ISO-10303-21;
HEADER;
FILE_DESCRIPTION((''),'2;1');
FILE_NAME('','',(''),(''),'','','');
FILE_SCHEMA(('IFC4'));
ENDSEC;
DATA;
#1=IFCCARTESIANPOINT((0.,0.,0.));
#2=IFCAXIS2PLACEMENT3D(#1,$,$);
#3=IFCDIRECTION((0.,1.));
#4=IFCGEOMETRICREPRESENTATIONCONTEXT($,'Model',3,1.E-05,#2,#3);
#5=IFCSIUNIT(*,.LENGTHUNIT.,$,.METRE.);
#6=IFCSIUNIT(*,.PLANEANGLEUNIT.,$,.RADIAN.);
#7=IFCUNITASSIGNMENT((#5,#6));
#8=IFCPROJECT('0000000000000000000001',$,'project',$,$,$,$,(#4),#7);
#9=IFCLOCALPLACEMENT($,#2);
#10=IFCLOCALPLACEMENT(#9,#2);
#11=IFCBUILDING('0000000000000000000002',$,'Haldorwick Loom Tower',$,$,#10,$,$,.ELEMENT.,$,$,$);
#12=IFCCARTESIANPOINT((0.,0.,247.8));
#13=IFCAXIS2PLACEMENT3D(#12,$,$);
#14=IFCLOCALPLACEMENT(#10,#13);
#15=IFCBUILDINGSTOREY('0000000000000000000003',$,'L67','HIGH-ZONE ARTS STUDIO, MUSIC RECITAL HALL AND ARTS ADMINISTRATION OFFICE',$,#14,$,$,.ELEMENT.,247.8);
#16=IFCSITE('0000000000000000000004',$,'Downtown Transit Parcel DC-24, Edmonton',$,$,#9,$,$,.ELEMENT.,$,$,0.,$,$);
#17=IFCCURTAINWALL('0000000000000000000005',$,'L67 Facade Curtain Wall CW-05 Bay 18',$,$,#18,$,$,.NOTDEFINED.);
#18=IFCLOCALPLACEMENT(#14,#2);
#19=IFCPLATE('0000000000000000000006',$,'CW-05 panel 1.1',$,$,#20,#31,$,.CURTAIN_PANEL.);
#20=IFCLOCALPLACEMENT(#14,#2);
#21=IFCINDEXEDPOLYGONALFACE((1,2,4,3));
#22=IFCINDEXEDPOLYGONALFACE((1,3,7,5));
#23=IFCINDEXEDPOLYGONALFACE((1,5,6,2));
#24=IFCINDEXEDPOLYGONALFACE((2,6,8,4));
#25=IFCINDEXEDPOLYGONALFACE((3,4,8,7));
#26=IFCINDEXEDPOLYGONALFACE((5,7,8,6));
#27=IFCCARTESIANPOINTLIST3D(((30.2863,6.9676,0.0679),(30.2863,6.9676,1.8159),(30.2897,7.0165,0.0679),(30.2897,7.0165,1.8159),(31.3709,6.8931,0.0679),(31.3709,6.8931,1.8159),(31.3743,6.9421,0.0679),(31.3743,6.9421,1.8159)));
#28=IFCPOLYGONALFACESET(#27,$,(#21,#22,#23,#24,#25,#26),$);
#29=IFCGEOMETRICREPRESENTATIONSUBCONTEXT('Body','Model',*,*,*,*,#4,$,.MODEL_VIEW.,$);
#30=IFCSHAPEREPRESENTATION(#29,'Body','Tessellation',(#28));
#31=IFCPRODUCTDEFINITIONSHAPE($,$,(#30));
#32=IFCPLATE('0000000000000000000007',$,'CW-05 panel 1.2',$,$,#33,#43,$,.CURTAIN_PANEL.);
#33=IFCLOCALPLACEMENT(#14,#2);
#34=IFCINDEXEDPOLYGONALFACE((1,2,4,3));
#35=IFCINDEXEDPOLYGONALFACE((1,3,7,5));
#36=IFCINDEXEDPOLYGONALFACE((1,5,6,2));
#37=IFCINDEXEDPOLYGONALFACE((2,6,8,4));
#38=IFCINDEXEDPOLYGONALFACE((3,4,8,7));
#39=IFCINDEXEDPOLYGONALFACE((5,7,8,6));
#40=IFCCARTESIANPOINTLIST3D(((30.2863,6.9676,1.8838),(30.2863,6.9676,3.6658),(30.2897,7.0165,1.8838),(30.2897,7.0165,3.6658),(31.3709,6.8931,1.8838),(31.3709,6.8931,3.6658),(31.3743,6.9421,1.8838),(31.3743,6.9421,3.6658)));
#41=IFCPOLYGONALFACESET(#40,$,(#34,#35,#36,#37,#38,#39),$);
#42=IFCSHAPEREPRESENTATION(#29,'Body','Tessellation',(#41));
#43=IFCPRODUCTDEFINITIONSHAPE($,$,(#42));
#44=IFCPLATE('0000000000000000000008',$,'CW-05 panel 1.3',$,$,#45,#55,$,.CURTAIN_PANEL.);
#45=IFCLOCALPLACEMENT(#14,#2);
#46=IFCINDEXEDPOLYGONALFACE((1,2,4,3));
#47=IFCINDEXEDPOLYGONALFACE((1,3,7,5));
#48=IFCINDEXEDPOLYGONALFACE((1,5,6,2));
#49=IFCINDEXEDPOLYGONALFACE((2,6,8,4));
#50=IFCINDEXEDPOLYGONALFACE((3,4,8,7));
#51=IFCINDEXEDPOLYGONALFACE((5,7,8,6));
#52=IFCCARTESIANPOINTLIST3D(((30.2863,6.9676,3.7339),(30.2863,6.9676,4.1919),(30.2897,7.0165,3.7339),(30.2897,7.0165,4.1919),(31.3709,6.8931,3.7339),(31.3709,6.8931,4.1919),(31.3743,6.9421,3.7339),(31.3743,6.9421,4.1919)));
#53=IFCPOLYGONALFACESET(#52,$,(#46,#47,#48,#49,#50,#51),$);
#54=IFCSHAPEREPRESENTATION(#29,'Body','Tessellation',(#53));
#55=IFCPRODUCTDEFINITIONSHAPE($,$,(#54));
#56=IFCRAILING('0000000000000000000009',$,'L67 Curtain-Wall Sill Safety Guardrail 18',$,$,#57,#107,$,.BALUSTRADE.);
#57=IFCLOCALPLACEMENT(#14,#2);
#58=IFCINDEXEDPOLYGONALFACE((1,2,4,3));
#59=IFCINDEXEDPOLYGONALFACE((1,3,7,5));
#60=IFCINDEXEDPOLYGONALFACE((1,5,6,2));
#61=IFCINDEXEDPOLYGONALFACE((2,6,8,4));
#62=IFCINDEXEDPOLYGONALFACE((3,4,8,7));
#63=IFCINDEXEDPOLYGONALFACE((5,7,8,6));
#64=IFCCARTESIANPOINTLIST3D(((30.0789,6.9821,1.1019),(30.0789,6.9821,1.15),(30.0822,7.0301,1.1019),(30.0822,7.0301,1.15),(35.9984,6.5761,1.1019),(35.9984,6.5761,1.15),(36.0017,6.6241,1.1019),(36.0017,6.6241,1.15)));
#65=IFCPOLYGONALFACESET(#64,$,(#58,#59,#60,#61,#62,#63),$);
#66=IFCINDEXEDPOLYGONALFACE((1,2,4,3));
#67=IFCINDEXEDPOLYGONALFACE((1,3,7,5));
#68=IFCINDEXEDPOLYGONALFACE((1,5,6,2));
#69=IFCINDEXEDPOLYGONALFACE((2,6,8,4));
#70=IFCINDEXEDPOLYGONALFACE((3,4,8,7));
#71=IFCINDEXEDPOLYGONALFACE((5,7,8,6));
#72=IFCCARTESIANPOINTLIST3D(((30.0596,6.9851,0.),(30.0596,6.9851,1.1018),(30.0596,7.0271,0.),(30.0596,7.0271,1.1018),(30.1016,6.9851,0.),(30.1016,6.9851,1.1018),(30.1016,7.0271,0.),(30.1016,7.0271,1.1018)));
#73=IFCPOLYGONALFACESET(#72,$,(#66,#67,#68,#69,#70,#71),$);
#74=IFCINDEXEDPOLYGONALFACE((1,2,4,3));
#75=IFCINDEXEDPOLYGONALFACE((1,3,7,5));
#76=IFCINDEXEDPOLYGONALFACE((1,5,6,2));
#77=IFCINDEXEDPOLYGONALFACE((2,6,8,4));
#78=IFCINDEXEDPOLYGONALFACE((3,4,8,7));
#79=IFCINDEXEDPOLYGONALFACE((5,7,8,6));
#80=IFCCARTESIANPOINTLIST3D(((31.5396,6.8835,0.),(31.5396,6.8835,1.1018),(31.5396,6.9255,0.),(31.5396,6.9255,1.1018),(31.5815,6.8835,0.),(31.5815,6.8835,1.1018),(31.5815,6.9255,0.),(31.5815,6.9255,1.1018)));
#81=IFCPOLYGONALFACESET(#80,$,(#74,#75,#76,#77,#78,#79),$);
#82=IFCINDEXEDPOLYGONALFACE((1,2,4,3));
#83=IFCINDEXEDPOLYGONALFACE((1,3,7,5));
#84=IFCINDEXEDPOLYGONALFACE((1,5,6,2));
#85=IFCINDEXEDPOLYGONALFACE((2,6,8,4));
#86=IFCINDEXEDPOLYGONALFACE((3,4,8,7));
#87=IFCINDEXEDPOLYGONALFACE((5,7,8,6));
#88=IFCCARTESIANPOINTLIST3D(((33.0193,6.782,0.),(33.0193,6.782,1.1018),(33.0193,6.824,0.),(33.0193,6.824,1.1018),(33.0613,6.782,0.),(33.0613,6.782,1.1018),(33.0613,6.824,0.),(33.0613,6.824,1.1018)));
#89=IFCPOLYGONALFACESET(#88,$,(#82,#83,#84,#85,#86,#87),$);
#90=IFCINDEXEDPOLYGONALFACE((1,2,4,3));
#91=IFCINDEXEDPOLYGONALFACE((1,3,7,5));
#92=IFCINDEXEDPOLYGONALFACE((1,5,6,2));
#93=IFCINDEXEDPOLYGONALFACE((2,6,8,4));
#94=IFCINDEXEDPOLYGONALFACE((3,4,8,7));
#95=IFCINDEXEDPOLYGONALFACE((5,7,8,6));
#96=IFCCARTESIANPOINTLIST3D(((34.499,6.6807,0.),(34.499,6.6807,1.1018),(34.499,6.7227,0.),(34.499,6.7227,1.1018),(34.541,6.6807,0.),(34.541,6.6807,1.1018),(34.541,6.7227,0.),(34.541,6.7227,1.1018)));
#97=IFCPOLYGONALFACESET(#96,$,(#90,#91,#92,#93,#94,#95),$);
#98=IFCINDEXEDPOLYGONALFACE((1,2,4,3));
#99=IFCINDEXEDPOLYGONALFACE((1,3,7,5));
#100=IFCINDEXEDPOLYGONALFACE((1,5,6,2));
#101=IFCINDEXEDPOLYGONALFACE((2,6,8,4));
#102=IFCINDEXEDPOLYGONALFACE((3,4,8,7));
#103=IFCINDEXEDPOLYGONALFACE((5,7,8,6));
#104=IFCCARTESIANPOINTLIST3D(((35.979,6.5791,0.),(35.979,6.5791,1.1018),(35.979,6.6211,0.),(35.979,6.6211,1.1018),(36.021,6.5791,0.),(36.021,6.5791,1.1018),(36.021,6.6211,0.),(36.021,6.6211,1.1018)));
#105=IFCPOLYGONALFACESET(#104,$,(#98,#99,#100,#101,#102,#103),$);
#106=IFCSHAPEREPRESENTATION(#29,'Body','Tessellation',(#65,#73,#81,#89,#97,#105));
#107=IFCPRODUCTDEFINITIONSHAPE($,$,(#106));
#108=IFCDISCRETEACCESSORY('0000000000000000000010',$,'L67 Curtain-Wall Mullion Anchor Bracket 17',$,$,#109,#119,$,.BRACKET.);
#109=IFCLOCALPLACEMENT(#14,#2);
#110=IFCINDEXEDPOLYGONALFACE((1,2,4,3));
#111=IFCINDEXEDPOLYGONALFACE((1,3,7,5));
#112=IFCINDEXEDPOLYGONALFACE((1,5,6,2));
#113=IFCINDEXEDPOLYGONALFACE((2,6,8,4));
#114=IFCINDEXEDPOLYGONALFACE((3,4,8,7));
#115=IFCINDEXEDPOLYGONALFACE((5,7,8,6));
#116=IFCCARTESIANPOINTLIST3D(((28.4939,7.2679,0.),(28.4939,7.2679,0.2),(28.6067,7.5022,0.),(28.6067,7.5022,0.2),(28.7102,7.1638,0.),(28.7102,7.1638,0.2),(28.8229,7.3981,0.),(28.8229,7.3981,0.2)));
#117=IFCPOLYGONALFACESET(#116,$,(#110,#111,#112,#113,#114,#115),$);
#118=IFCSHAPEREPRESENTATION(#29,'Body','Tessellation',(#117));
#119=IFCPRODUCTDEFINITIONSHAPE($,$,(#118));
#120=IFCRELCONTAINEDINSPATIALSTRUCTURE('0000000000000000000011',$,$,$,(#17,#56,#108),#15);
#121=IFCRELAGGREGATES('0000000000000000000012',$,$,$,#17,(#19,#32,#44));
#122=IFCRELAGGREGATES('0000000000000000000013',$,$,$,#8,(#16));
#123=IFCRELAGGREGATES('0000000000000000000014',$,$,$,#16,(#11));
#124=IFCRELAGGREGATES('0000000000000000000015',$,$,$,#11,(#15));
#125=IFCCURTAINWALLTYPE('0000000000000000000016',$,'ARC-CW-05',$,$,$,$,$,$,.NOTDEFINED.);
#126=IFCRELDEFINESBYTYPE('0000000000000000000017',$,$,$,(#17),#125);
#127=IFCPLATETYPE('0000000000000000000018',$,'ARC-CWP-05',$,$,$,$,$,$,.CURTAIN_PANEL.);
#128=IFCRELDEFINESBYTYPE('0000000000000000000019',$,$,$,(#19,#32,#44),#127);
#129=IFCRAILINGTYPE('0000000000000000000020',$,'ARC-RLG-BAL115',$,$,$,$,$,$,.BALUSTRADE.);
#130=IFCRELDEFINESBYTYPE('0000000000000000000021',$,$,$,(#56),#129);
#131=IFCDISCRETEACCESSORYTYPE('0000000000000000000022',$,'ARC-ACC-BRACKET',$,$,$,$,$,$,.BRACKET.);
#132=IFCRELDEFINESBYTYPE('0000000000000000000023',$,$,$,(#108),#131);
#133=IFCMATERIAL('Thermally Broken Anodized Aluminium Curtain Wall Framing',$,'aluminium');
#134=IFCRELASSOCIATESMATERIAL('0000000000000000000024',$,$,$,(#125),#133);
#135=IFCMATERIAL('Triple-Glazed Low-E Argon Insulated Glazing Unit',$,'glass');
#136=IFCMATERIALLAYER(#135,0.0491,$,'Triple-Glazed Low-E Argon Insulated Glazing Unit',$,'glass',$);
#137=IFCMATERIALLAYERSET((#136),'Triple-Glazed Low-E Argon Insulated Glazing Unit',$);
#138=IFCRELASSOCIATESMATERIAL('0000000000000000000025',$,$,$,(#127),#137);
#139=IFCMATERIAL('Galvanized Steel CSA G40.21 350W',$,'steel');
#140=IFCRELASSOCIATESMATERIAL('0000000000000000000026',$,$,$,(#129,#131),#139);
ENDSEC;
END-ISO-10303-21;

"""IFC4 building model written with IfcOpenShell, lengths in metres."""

from ifc_helpers import new_model, si_unit, direction, frame, origin, origin_2d, place, context, subcontext, project, spatial, rectangle, extrude, material, layer, layer_set, type_object, element, aggregate, save


model = new_model("IFC4")

# Units and contexts
model_context = context("Model", 3, precision=1e-05, world=origin(), true_north=direction((0.0, 1.0)))
body_context = subcontext(model_context, "Body", "Model", "MODEL_VIEW")
ifc_project = project(units=[si_unit("LENGTHUNIT", "METRE"), si_unit("PLANEANGLEUNIT", "RADIAN")], contexts=[model_context])

# Site, building, storey
site_placement = place(None, origin())
site = spatial("IfcSite", under=ifc_project, at=site_placement, Name="Downtown Transit Parcel DC-24, Edmonton", CompositionType="ELEMENT", RefElevation=0.0)
building_placement = place(site_placement, origin())
building = spatial("IfcBuilding", under=site, at=building_placement, Name="Haldorwick Loom Tower", CompositionType="ELEMENT")
storey_placement = place(building_placement, frame((0.0, 0.0, 247.8)))
storey = spatial("IfcBuildingStorey", under=building, at=storey_placement, Name="L67", Description="HIGH-ZONE ARTS STUDIO, MUSIC RECITAL HALL AND ARTS ADMINISTRATION OFFICE", CompositionType="ELEMENT", Elevation=247.8)

# Shared definitions
ifc_material_1 = material(Name="Thermally Broken Anodized Aluminium Curtain Wall Framing", Category="aluminium")
curtain_wall_type = type_object("IfcCurtainWallType", Name="ARC-CW-05", PredefinedType="NOTDEFINED", material=ifc_material_1)

# Curtain wall
curtain_wall_1_placement = place(storey_placement, origin())
curtain_wall_1 = element("IfcCurtainWall", 1, at=curtain_wall_1_placement, inside=storey, type_object=curtain_wall_type, Name="L67 Facade Curtain Wall CW-05 Bay 18", PredefinedType="NOTDEFINED")

# Plates
ifc_material_2 = material(Name="Triple-Glazed Low-E Argon Insulated Glazing Unit", Category="glass")
ifc_layer = layer(ifc_material_2, 0.0491, Name="Triple-Glazed Low-E Argon Insulated Glazing Unit", Category="glass")
ifc_layer_set = layer_set([ifc_layer], Name="Triple-Glazed Low-E Argon Insulated Glazing Unit")
plate_type = type_object("IfcPlateType", Name="ARC-CWP-05", PredefinedType="CURTAIN_PANEL", material=ifc_layer_set)
plate_1_placement = place(storey_placement, frame((30.8303, 6.9548, 0.0679), z_axis=(0.0, 0.0, 1.0), x_axis=(0.997654, -0.068454, 0.0)))
plate_1 = element("IfcPlate", 2, at=plate_1_placement, type_object=plate_type, Name="CW-05 panel 1.1", PredefinedType="CURTAIN_PANEL", context=body_context, shape_type="SweptSolid", body=[
    extrude(rectangle(XDim=1.0872, YDim=0.0491, at=origin_2d()), origin(), (0.0, 0.0, 1.0), 1.748),
])
plate_2_placement = place(storey_placement, frame((30.8303, 6.9548, 1.8838), z_axis=(0.0, 0.0, 1.0), x_axis=(0.997654, -0.068454, 0.0)))
plate_2 = element("IfcPlate", 3, at=plate_2_placement, type_object=plate_type, Name="CW-05 panel 1.2", PredefinedType="CURTAIN_PANEL", context=body_context, shape_type="SweptSolid", body=[
    extrude(rectangle(XDim=1.0872, YDim=0.0491, at=origin_2d()), origin(), (0.0, 0.0, 1.0), 1.782),
])
plate_3_placement = place(storey_placement, frame((30.8303, 6.9548, 3.7339), z_axis=(0.0, 0.0, 1.0), x_axis=(0.997654, -0.068454, 0.0)))
plate_3 = element("IfcPlate", 4, at=plate_3_placement, type_object=plate_type, Name="CW-05 panel 1.3", PredefinedType="CURTAIN_PANEL", context=body_context, shape_type="SweptSolid", body=[
    extrude(rectangle(XDim=1.0872, YDim=0.0491, at=origin_2d()), origin(), (0.0, 0.0, 1.0), 0.458),
])
aggregate(curtain_wall_1, [plate_1, plate_2, plate_3])

# Railing
ifc_material_3 = material(Name="Galvanized Steel CSA G40.21 350W", Category="steel")
railing_type = type_object("IfcRailingType", Name="ARC-RLG-BAL115", PredefinedType="BALUSTRADE", material=ifc_material_3)
railing_placement = place(storey_placement, frame((30.0806, 7.0061, 0.0)))
element("IfcRailing", 5, at=railing_placement, inside=storey, type_object=railing_type, Name="L67 Curtain-Wall Sill Safety Guardrail 18", PredefinedType="BALUSTRADE", context=body_context, shape_type="SweptSolid", body=[
    extrude(rectangle(XDim=0.0481, YDim=0.0481, at=origin_2d()), frame((0.0, 0.0, 1.126), z_axis=(0.997656, -0.068428, 0.0), x_axis=(0.068428, 0.997656, 0.0)), (0.0, 0.0, 1.0), 5.9333),
    extrude(rectangle(XDim=0.042, YDim=0.042, at=origin_2d()), origin(), (0.0, 0.0, 1.0), 1.1018),
    extrude(rectangle(XDim=0.042, YDim=0.042, at=origin_2d()), frame((1.48, -0.1016, 0.0)), (0.0, 0.0, 1.0), 1.1018),
    extrude(rectangle(XDim=0.042, YDim=0.042, at=origin_2d()), frame((2.9597, -0.2031, 0.0)), (0.0, 0.0, 1.0), 1.1018),
    extrude(rectangle(XDim=0.042, YDim=0.042, at=origin_2d()), frame((4.4395, -0.3044, 0.0)), (0.0, 0.0, 1.0), 1.1018),
    extrude(rectangle(XDim=0.042, YDim=0.042, at=origin_2d()), frame((5.9194, -0.406, 0.0)), (0.0, 0.0, 1.0), 1.1018),
])

# Discrete accessory
discrete_accessory_type = type_object("IfcDiscreteAccessoryType", Name="ARC-ACC-BRACKET", PredefinedType="BRACKET", material=ifc_material_3)
discrete_accessory_placement = place(storey_placement, frame((28.6584, 7.333, 0.0), z_axis=(0.0, 0.0, 1.0), x_axis=(-0.433659, -0.901077, 0.0)))
element("IfcDiscreteAccessory", 6, at=discrete_accessory_placement, inside=storey, type_object=discrete_accessory_type, Name="L67 Curtain-Wall Mullion Anchor Bracket 17", PredefinedType="BRACKET", context=body_context, shape_type="SweptSolid", body=[
    extrude(rectangle(XDim=0.26, YDim=0.24, at=origin_2d()), origin(), (0.0, 0.0, 1.0), 0.2),
])

save(model, "model.ifc")
